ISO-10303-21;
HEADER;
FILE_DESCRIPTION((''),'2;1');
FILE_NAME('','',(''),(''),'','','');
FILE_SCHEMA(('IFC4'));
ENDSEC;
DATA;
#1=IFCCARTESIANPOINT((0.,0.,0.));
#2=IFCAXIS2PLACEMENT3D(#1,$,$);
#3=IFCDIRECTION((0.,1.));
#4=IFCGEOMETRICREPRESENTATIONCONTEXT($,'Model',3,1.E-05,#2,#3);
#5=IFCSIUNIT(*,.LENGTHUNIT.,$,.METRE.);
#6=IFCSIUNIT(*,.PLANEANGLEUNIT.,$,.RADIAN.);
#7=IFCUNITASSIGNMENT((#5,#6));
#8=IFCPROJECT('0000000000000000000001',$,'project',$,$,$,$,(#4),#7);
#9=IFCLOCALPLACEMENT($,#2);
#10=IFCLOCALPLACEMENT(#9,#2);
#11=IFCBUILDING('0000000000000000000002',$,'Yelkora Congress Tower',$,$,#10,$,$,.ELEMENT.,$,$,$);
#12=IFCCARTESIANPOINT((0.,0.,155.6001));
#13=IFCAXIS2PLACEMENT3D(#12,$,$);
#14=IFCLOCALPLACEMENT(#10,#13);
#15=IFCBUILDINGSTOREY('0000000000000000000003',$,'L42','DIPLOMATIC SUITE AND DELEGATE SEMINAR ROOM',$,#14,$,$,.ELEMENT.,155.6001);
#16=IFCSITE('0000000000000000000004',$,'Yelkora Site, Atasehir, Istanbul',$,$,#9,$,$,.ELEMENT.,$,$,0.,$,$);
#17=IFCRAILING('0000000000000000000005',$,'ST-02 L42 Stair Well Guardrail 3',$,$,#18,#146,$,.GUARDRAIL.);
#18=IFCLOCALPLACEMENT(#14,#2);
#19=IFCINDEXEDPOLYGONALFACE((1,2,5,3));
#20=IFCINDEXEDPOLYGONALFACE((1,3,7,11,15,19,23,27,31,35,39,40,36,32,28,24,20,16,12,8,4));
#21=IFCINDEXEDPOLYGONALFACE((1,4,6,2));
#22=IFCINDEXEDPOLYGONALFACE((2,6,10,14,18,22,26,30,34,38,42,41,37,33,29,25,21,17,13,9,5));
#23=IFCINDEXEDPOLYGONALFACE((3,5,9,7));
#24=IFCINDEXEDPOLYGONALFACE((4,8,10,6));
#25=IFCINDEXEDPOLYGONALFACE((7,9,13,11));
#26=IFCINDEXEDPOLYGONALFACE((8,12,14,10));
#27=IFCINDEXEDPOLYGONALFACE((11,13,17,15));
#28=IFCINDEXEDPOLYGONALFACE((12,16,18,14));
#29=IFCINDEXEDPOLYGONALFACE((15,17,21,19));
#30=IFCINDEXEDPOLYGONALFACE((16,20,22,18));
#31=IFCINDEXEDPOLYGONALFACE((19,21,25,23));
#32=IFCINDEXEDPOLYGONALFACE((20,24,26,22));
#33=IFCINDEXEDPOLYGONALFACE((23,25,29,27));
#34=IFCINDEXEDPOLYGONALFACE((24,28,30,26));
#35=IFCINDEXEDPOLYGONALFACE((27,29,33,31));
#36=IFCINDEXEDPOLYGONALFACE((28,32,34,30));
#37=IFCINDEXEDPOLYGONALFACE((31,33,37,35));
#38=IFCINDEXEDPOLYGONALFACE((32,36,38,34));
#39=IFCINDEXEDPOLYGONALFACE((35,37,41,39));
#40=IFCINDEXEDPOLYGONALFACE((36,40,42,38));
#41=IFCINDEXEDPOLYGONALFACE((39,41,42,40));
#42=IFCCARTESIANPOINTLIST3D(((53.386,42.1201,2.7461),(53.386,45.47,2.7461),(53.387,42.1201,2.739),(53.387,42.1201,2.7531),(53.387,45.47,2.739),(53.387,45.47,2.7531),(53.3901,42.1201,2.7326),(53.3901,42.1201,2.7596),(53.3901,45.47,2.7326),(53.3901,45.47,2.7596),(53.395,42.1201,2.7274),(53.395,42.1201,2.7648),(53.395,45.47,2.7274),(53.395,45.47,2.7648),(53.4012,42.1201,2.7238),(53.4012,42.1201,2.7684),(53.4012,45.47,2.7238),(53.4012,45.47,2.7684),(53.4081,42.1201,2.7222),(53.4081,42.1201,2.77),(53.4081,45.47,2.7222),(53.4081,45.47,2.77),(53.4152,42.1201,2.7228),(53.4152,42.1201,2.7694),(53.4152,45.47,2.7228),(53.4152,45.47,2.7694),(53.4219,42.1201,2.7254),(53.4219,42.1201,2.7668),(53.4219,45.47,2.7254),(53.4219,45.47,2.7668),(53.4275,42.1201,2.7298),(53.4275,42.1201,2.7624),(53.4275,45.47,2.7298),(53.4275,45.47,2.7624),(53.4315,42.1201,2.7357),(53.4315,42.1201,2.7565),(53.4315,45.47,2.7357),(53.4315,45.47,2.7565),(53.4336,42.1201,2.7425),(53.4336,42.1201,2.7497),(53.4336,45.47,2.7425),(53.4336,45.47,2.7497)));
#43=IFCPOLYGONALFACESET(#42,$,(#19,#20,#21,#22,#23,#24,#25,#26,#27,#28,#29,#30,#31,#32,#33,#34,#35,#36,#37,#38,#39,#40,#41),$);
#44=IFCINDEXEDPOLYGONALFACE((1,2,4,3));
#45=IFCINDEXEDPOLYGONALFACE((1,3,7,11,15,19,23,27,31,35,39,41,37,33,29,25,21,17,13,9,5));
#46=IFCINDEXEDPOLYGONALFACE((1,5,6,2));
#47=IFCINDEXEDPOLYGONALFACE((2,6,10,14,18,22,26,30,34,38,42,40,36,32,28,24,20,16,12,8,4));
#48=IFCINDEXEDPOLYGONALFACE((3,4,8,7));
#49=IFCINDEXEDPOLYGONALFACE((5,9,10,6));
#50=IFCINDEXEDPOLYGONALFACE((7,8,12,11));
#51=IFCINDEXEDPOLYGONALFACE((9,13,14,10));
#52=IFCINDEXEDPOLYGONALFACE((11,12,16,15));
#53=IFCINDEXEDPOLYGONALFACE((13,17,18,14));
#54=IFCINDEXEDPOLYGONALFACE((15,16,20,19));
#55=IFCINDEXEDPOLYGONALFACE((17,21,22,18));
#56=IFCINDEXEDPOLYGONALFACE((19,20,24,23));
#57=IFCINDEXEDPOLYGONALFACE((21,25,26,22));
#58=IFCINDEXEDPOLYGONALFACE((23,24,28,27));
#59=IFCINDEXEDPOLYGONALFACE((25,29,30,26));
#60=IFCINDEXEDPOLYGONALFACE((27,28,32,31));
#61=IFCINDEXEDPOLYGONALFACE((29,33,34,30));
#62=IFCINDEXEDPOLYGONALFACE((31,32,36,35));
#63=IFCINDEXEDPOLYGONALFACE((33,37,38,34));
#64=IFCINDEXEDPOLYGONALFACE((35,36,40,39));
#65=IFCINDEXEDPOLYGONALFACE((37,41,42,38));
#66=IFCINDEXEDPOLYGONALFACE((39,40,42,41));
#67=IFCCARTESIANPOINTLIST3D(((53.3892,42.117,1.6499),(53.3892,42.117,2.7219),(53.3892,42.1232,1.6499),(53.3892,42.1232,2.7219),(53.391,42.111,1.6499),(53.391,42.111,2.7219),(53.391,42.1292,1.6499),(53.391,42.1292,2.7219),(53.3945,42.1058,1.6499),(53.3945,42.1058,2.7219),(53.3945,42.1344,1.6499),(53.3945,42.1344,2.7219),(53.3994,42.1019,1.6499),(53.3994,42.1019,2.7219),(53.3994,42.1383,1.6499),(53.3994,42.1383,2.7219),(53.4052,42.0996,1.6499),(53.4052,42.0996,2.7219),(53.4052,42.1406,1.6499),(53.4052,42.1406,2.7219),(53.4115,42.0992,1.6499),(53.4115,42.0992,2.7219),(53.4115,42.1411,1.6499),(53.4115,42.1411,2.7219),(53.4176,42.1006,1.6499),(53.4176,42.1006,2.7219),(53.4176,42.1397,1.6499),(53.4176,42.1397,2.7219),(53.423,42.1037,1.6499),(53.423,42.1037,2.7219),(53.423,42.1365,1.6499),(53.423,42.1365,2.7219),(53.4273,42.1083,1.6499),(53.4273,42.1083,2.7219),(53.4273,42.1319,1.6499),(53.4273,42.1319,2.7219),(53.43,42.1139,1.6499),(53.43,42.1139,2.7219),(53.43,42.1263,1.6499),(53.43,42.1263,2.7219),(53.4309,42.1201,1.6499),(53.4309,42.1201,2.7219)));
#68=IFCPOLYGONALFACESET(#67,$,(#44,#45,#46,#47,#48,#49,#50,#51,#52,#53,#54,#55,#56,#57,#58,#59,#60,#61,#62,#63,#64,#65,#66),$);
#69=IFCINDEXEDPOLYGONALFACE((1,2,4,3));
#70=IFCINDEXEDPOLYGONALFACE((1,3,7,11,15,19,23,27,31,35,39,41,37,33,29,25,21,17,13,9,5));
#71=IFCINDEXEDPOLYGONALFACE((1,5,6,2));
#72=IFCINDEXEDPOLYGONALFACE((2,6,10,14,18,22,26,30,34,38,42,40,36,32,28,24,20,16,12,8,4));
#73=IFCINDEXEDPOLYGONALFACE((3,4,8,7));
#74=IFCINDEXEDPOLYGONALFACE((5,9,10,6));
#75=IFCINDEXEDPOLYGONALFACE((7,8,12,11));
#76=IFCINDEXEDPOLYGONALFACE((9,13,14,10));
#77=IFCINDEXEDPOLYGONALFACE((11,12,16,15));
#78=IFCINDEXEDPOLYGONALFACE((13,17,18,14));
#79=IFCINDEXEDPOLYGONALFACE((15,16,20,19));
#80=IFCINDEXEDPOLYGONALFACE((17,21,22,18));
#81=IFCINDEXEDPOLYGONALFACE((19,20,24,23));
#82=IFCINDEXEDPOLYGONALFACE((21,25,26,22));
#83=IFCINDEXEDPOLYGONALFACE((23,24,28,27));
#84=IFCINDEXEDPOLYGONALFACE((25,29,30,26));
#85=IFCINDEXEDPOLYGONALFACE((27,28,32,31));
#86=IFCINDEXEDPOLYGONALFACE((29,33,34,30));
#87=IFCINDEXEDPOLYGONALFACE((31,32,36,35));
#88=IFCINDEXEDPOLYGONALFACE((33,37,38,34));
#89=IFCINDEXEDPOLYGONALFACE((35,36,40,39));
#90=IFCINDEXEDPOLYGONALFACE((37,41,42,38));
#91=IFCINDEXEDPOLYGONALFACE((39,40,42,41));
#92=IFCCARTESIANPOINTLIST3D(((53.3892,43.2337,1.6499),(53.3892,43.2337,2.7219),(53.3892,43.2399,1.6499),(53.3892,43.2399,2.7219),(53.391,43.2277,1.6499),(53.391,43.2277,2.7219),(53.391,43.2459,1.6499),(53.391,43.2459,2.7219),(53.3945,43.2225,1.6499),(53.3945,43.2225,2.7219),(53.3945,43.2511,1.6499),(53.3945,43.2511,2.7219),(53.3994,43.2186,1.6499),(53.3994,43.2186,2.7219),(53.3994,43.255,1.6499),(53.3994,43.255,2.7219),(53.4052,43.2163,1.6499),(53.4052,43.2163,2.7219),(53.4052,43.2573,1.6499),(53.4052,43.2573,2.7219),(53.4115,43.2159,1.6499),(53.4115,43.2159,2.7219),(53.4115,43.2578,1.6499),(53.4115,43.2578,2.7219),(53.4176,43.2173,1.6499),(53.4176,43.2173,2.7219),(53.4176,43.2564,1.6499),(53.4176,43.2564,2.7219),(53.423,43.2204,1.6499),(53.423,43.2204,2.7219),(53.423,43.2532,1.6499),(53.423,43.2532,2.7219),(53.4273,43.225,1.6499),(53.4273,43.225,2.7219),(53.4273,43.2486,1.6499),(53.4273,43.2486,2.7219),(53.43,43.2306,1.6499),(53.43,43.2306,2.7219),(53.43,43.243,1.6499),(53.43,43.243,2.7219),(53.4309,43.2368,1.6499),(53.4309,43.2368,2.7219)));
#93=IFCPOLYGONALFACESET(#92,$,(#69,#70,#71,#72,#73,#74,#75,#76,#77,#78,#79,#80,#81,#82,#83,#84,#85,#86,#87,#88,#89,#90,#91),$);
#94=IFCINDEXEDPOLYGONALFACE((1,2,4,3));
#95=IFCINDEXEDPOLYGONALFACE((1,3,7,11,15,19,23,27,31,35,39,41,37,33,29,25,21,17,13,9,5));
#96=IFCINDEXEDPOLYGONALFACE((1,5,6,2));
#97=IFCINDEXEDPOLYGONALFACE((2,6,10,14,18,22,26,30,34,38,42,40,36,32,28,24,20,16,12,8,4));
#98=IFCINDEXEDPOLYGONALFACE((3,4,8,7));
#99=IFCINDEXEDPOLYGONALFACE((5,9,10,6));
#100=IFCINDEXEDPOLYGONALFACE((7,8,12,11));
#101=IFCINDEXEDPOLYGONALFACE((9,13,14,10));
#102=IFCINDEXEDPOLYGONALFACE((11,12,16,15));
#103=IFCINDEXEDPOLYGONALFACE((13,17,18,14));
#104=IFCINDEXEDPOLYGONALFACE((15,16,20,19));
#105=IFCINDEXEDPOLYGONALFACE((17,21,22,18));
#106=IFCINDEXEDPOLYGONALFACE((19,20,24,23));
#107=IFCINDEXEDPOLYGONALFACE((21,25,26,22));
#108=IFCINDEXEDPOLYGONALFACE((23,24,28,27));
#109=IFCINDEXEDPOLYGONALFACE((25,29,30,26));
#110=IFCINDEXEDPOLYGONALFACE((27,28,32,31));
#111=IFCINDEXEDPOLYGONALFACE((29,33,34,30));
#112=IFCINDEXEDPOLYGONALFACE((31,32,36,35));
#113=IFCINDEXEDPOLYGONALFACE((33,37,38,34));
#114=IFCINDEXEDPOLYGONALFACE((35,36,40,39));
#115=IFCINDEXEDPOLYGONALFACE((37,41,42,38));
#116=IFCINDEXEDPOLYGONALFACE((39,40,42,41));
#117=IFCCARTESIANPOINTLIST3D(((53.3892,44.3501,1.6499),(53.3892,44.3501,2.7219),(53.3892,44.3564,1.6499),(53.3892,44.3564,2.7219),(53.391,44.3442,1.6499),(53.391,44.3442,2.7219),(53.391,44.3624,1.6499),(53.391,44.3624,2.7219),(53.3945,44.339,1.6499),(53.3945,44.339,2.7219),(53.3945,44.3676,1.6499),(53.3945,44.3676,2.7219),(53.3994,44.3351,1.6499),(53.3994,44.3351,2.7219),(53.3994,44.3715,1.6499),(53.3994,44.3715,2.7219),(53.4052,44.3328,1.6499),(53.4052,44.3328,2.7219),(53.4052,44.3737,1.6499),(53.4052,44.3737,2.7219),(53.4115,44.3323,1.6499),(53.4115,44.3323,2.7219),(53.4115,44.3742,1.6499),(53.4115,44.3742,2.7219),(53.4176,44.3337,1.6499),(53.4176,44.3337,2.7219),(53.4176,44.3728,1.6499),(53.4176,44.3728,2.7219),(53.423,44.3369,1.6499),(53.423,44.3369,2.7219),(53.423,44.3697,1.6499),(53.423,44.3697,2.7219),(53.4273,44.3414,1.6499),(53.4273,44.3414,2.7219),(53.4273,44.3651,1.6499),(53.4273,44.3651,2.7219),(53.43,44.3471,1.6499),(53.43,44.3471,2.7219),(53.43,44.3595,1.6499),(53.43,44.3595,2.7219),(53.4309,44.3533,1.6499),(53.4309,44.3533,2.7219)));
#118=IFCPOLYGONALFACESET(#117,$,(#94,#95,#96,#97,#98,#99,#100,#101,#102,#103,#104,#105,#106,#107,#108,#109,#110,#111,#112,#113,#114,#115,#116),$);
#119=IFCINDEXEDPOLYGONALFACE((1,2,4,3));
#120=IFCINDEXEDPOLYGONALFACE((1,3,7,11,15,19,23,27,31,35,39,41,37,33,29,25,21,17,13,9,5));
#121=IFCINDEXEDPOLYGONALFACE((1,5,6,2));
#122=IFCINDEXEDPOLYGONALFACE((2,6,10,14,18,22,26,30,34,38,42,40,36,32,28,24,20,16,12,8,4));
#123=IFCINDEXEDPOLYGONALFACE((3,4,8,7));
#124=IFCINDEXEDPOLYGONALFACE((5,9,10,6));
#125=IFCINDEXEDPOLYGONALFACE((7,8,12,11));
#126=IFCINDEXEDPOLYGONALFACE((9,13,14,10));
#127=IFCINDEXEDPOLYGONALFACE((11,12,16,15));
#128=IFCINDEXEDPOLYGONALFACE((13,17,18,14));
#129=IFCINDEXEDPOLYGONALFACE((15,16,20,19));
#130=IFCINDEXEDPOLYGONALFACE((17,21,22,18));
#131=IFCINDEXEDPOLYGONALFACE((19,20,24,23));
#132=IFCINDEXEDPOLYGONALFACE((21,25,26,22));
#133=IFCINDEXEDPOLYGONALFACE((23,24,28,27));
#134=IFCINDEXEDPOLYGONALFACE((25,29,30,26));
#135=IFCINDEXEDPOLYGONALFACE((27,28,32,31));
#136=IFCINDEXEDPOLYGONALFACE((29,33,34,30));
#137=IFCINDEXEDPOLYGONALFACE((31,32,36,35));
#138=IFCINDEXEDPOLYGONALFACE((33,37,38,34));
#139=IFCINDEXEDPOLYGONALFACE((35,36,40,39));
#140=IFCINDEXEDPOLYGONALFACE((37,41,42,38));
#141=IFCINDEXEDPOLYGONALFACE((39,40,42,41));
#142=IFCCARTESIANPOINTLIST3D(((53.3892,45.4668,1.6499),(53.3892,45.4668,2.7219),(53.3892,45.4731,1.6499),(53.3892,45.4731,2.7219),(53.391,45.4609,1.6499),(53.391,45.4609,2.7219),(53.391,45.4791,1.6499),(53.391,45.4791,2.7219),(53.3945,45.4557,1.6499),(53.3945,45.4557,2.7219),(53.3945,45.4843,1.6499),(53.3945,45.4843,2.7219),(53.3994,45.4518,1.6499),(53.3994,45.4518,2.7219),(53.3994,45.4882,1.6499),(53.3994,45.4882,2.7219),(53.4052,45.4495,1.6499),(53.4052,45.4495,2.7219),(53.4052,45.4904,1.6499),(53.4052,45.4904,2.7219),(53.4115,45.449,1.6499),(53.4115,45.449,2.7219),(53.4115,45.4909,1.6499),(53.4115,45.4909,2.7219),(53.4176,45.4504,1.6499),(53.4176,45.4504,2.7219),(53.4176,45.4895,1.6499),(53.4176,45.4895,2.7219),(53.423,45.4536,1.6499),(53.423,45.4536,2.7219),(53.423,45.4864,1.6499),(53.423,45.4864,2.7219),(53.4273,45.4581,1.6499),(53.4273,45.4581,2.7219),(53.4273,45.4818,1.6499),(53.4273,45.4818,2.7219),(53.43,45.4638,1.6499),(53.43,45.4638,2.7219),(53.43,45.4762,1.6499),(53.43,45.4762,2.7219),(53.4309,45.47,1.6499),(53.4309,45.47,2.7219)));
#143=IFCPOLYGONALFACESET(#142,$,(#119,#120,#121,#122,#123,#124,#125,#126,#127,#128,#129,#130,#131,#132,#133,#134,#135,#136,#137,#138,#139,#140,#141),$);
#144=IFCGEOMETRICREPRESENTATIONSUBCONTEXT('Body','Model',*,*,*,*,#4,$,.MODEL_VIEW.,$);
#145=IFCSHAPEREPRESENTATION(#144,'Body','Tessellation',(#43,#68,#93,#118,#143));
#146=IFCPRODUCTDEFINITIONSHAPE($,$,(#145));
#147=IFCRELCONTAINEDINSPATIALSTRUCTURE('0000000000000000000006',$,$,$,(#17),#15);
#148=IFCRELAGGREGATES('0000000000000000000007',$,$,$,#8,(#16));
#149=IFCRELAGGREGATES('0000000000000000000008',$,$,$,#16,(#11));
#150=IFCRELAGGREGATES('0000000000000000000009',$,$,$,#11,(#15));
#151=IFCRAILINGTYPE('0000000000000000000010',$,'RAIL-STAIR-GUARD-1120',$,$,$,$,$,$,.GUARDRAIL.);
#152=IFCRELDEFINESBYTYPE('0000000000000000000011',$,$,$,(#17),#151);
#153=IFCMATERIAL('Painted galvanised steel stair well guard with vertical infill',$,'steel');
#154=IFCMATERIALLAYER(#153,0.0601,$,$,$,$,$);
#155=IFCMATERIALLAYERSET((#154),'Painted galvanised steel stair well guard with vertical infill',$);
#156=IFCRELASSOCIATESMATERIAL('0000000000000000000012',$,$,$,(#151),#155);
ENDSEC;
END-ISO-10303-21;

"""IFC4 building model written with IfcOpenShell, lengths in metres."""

from ifc_helpers import new_model, si_unit, direction, frame, origin, origin_2d, place, context, subcontext, project, spatial, circle, extrude, material, layer, layer_set, type_object, element, save


model = new_model("IFC4")

# Units and contexts
model_context = context("Model", 3, precision=1e-05, world=origin(), true_north=direction((0.0, 1.0)))
body_context = subcontext(model_context, "Body", "Model", "MODEL_VIEW")
ifc_project = project(units=[si_unit("LENGTHUNIT", "METRE"), si_unit("PLANEANGLEUNIT", "RADIAN")], contexts=[model_context])

# Site, building, storey
site_placement = place(None, origin())
site = spatial("IfcSite", under=ifc_project, at=site_placement, Name="Yelkora Site, Atasehir, Istanbul", CompositionType="ELEMENT", RefElevation=0.0)
building_placement = place(site_placement, origin())
building = spatial("IfcBuilding", under=site, at=building_placement, Name="Yelkora Congress Tower", CompositionType="ELEMENT")
storey_placement = place(building_placement, frame((0.0, 0.0, 155.6001)))
storey = spatial("IfcBuildingStorey", under=building, at=storey_placement, Name="L42", Description="DIPLOMATIC SUITE AND DELEGATE SEMINAR ROOM", CompositionType="ELEMENT", Elevation=155.6001)

# Railing
ifc_material_1 = material(Name="Painted galvanised steel stair well guard with vertical infill", Category="steel")
ifc_layer_1 = layer(ifc_material_1, 0.0601)
ifc_layer_set_1 = layer_set([ifc_layer_1], Name="Painted galvanised steel stair well guard with vertical infill")
railing_type_1 = type_object("IfcRailingType", Name="RAIL-STAIR-GUARD-1120", PredefinedType="GUARDRAIL", material=ifc_layer_set_1)
railing_1_placement = place(storey_placement, frame((53.4099, 42.1201, 1.6499)))
element("IfcRailing", 1, at=railing_1_placement, inside=storey, type_object=railing_type_1, Name="ST-02 L42 Stair Well Guardrail 3", PredefinedType="GUARDRAIL", context=body_context, shape_type="SweptSolid", body=[
    extrude(circle(Radius=0.0239, at=origin_2d()), frame((0.0, 0.0, 1.0962), z_axis=(0.0, 1.0, 0.0), x_axis=(-1.0, 0.0, 0.0)), (0.0, 0.0, 1.0), 3.3499),
    extrude(circle(Radius=0.021, at=origin_2d()), origin(), (0.0, 0.0, 1.0), 1.072),
    extrude(circle(Radius=0.021, at=origin_2d()), frame((0.0, 1.1167, 0.0)), (0.0, 0.0, 1.0), 1.072),
    extrude(circle(Radius=0.021, at=origin_2d()), frame((0.0, 2.2332, 0.0)), (0.0, 0.0, 1.0), 1.072),
    extrude(circle(Radius=0.021, at=origin_2d()), frame((0.0, 3.3499, 0.0)), (0.0, 0.0, 1.0), 1.072),
])

save(model, "model.ifc")
